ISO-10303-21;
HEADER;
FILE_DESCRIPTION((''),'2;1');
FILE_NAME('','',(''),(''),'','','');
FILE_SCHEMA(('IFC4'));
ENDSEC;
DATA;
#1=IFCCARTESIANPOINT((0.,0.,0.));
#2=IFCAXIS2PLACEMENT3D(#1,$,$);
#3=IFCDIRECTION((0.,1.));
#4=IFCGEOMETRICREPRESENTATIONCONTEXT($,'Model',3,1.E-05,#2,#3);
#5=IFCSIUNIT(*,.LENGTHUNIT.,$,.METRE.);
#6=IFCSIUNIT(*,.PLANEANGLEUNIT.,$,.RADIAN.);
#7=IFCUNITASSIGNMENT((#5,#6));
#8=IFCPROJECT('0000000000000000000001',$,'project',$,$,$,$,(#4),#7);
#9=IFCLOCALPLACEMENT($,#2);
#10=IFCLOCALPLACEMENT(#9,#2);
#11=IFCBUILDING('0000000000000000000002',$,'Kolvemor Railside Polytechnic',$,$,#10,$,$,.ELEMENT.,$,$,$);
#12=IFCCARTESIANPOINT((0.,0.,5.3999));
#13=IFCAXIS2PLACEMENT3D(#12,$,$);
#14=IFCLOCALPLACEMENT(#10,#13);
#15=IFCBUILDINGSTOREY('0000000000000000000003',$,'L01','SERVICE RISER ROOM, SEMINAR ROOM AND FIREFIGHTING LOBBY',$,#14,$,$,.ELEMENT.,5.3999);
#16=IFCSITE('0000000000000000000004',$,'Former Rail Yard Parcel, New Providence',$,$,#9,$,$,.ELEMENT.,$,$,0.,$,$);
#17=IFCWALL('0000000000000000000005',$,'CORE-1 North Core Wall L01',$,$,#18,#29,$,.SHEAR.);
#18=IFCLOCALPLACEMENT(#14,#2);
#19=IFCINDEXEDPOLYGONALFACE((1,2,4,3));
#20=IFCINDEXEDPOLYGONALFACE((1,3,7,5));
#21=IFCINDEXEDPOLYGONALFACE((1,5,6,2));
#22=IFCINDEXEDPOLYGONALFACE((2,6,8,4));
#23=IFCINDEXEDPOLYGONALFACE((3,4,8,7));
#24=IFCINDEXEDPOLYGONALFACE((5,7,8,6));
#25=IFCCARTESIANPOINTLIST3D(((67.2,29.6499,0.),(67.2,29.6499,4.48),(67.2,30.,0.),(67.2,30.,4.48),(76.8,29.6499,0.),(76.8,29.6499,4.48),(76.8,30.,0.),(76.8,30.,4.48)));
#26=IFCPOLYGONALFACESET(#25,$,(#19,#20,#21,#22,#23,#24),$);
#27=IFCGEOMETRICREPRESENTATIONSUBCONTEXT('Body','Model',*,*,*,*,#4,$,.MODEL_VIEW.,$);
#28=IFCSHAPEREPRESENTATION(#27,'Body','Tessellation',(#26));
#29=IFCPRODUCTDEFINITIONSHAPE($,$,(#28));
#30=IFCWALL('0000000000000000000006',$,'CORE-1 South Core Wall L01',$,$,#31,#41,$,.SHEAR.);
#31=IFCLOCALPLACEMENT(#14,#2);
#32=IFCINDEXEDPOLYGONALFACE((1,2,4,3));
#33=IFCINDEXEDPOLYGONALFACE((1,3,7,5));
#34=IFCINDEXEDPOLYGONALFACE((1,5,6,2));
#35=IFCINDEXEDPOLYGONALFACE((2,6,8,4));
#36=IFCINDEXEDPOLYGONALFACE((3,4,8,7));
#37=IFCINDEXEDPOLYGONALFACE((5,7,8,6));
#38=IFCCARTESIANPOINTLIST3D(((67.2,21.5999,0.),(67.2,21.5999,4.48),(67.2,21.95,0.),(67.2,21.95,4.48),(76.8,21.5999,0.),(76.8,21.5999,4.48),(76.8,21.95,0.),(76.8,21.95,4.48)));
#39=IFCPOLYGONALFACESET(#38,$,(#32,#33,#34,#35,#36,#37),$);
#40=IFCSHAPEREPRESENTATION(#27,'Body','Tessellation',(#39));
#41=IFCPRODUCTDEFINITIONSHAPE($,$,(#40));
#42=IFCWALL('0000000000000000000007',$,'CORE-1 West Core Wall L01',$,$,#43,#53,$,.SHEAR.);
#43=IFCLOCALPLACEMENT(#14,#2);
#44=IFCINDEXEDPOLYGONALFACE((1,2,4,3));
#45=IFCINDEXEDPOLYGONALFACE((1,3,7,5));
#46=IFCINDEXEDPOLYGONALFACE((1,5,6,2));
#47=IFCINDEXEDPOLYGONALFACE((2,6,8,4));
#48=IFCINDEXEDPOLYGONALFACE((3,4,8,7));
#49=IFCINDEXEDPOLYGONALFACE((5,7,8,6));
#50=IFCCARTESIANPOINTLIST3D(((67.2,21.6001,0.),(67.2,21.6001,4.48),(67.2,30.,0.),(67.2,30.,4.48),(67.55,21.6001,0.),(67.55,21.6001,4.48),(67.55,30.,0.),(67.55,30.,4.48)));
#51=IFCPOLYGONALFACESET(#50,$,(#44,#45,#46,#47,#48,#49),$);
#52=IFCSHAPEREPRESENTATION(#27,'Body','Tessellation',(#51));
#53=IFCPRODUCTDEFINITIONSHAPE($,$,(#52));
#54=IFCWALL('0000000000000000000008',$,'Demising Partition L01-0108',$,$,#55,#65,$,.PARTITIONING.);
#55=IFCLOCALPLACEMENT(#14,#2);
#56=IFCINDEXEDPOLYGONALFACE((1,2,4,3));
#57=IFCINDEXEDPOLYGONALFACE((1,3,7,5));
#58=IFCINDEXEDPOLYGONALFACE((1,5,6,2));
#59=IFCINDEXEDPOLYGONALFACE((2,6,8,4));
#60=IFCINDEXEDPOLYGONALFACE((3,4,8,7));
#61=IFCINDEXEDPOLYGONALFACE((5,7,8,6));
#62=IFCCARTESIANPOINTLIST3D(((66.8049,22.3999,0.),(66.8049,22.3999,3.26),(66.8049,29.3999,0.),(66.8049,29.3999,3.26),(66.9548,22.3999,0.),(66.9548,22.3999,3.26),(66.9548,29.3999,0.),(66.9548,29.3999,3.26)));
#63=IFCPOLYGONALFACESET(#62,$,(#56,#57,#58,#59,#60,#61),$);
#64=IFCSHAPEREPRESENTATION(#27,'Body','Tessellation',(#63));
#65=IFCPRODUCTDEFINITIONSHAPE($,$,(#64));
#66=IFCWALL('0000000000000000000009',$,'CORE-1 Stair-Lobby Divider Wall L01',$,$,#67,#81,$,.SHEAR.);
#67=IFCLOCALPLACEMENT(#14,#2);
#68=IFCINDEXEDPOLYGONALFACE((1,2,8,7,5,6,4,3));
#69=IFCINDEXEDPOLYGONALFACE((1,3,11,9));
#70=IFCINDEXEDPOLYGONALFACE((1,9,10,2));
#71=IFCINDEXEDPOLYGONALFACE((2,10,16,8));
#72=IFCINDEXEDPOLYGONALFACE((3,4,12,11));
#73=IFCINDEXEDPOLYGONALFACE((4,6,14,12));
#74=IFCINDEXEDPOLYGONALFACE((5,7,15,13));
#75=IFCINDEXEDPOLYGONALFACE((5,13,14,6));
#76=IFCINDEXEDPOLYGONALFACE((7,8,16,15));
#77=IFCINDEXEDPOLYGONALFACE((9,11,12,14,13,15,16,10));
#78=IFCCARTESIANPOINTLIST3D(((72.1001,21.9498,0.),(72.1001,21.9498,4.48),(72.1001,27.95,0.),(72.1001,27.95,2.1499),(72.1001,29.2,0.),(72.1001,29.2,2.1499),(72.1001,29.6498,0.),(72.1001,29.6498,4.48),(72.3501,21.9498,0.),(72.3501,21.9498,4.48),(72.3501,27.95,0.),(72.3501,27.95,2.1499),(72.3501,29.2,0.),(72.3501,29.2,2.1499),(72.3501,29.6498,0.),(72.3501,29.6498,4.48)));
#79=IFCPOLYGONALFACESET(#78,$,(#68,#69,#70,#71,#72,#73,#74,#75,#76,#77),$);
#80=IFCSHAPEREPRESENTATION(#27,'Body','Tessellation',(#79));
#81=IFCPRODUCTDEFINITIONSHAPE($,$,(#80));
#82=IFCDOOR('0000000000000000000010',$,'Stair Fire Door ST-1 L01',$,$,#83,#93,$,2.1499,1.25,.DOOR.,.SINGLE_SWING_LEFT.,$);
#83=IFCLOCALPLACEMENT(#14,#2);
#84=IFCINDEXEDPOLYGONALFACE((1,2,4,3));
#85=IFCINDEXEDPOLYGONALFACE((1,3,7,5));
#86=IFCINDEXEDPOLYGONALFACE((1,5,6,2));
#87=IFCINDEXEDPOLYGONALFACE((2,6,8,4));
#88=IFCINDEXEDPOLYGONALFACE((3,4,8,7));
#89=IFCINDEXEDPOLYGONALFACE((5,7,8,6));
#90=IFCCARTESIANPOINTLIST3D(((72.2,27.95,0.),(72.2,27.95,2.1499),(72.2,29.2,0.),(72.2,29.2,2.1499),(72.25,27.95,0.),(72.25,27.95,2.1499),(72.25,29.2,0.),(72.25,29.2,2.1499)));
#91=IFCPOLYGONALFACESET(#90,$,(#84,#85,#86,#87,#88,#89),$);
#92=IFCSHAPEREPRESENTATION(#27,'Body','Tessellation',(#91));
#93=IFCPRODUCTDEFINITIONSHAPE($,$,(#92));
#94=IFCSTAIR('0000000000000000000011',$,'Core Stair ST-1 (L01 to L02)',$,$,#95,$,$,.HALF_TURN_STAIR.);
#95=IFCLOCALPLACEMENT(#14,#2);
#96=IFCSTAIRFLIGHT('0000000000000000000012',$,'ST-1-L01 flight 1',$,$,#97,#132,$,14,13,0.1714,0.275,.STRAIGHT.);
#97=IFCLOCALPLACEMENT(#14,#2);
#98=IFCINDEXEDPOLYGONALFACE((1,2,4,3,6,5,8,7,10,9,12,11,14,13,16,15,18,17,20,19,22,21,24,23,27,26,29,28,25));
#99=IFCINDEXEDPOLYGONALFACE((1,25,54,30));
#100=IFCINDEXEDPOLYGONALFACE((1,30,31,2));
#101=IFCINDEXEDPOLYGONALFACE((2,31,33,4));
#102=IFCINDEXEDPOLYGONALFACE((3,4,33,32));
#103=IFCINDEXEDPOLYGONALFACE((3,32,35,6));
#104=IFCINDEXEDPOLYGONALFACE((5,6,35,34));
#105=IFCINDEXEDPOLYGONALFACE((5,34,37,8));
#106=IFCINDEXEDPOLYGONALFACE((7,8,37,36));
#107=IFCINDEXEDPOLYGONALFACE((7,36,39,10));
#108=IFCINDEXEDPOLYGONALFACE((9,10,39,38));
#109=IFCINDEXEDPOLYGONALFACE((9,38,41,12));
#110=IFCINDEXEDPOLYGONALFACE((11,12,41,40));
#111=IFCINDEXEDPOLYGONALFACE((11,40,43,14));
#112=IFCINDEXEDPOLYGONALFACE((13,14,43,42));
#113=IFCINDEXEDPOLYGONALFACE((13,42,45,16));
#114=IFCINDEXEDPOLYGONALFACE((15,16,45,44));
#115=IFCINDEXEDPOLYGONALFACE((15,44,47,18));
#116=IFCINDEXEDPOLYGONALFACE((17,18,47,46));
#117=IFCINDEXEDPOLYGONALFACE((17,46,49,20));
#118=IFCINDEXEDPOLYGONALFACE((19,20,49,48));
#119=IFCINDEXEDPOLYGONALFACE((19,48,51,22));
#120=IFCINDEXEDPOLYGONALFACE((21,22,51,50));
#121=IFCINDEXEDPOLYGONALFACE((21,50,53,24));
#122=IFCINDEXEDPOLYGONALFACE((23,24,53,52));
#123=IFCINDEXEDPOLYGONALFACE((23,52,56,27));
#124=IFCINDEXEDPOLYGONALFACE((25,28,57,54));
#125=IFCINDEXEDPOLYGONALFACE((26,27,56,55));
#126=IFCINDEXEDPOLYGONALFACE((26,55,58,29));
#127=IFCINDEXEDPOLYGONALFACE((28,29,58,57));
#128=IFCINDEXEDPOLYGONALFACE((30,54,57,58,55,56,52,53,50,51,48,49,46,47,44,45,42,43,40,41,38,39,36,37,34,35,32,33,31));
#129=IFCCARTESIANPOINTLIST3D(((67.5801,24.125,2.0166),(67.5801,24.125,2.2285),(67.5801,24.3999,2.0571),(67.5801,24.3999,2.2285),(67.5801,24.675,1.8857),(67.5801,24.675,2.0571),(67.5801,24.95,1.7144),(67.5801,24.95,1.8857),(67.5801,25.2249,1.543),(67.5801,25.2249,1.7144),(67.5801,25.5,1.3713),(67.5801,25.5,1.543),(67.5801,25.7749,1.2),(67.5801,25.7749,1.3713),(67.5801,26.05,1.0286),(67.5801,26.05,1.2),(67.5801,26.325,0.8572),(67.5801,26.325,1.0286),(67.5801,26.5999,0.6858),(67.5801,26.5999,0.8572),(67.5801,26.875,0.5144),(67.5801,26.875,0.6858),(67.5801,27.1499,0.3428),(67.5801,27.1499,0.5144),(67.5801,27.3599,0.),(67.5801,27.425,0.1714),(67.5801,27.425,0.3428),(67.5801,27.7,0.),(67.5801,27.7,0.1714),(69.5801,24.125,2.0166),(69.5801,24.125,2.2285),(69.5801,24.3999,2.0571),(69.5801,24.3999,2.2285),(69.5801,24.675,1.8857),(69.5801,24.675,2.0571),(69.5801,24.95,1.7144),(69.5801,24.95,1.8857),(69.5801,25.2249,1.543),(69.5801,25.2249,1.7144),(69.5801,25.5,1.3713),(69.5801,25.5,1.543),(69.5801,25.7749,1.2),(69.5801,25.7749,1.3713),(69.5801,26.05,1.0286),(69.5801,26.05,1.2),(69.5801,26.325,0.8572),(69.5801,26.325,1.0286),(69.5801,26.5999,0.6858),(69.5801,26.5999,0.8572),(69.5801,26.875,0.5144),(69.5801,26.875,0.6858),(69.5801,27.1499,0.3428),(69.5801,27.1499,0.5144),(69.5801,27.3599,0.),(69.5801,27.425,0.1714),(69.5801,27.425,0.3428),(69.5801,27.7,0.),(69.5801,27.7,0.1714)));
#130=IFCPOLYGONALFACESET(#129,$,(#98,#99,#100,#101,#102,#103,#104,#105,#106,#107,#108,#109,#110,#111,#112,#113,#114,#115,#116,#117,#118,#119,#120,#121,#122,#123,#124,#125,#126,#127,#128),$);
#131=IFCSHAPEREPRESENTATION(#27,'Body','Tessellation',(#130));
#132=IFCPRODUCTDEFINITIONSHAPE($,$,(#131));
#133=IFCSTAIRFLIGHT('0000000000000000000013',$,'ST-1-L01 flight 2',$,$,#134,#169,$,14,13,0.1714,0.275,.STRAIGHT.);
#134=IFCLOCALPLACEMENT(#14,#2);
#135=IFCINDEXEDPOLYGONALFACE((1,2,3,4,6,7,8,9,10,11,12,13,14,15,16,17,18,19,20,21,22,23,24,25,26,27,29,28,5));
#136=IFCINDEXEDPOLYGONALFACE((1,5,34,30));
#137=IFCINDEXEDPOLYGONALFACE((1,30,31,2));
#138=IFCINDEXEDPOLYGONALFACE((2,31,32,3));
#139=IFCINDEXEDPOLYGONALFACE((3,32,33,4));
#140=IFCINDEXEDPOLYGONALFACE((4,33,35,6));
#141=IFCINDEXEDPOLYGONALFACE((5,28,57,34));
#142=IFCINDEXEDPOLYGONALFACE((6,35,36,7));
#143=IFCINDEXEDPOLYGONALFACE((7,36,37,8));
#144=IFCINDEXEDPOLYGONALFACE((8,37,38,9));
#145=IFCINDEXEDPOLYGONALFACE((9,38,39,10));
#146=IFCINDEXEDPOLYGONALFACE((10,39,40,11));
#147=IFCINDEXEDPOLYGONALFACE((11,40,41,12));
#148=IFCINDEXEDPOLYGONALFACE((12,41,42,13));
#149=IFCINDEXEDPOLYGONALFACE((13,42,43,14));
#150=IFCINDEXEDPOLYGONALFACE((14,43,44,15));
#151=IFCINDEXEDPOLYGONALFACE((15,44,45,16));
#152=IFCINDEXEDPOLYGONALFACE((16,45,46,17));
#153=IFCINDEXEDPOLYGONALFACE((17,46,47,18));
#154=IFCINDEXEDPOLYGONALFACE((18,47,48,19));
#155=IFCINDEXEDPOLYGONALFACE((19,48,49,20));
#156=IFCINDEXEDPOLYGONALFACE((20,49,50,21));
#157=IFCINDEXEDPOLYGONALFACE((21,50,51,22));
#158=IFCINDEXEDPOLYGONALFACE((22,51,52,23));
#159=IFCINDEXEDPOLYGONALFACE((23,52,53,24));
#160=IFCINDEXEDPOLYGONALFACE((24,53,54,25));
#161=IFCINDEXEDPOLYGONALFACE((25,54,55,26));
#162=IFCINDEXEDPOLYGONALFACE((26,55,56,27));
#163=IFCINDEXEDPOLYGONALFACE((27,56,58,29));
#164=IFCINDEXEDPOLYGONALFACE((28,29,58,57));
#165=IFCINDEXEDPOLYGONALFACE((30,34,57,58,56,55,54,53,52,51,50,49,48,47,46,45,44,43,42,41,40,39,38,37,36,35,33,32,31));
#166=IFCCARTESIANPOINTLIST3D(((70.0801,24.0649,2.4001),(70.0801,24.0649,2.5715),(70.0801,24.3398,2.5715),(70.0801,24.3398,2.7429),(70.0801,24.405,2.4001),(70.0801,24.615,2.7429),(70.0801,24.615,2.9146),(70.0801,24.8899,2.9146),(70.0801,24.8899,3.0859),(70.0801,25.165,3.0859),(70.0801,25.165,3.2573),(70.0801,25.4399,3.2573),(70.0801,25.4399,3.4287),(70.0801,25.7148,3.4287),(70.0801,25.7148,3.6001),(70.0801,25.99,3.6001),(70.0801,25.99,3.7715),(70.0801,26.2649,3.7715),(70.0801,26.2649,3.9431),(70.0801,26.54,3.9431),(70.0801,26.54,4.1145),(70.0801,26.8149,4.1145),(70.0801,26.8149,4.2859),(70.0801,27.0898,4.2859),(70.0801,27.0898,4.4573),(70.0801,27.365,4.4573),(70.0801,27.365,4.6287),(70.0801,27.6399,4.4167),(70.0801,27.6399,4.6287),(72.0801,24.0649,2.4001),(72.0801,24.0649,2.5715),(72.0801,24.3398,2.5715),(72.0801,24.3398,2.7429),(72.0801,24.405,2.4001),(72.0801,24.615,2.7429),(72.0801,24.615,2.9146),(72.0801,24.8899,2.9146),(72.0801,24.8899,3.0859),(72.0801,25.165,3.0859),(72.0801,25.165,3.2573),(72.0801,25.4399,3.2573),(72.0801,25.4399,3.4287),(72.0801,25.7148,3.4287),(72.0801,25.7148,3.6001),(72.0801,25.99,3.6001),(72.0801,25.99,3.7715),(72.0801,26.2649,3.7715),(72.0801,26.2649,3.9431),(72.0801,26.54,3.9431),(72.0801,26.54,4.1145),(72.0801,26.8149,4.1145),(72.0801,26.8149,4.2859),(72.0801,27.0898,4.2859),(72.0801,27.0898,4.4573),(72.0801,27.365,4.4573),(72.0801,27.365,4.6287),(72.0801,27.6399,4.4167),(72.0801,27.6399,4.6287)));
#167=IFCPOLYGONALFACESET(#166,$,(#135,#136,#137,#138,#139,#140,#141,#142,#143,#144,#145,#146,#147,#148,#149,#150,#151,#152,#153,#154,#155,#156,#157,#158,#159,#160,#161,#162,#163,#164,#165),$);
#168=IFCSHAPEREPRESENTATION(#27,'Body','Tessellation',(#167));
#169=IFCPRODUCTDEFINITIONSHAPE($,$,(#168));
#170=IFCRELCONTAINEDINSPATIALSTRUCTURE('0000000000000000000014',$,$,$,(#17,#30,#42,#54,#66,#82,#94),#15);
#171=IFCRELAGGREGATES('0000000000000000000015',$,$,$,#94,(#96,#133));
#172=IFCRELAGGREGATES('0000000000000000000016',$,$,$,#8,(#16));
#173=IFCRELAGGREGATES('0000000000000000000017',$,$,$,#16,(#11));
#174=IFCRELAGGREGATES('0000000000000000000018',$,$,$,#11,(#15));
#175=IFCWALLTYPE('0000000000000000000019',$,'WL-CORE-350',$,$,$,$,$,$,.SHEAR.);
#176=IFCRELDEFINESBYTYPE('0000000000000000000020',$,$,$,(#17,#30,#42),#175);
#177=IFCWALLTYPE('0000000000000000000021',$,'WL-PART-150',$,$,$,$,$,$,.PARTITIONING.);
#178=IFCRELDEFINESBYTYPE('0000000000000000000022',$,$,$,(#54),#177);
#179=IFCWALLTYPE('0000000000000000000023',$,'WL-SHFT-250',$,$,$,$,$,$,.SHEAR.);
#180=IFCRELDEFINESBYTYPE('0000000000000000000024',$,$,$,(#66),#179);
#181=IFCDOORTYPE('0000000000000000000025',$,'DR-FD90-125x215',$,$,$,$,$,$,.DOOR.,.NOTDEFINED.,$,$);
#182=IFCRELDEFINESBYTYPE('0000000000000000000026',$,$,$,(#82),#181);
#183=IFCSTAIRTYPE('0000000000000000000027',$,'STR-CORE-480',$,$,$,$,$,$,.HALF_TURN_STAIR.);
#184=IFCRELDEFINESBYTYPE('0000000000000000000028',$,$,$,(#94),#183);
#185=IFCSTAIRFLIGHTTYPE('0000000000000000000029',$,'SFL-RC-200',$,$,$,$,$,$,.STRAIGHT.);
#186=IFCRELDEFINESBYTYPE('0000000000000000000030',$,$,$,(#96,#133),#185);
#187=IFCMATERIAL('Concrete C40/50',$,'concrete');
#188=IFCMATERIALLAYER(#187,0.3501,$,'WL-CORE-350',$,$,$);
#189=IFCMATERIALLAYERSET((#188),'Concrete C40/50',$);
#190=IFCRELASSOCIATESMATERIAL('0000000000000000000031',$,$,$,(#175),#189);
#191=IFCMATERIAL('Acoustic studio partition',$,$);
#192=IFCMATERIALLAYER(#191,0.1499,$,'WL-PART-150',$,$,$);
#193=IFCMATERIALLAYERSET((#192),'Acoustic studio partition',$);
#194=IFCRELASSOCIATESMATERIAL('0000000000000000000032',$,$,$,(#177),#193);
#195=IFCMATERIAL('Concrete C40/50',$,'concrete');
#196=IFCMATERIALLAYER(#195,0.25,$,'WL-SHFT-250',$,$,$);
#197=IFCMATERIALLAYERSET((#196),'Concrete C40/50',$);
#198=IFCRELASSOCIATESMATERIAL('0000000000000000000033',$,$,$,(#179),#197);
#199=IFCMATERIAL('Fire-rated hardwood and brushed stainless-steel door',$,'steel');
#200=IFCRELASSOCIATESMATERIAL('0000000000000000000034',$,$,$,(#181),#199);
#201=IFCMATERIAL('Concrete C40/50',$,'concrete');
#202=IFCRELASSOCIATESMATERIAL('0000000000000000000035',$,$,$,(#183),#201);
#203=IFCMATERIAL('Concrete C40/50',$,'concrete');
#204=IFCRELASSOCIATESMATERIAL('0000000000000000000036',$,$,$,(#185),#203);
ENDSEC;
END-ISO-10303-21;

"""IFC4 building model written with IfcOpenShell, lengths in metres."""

from ifc_helpers import new_model, si_unit, direction, frame, frame_2d, origin, place, context, subcontext, project, spatial, polyline, rectangle, outline, extrude, material, layer, layer_set, type_object, element, fill, aggregate, save


model = new_model("IFC4")

# Units and contexts
model_context = context("Model", 3, precision=1e-05, world=origin(), true_north=direction((0.0, 1.0)))
body_context = subcontext(model_context, "Body", "Model", "MODEL_VIEW")
ifc_project = project(units=[si_unit("LENGTHUNIT", "METRE"), si_unit("PLANEANGLEUNIT", "RADIAN")], contexts=[model_context])

# Site, building, storey
site_placement = place(None, origin())
site = spatial("IfcSite", under=ifc_project, at=site_placement, Name="Former Rail Yard Parcel, New Providence", CompositionType="ELEMENT", RefElevation=0.0)
building_placement = place(site_placement, origin())
building = spatial("IfcBuilding", under=site, at=building_placement, Name="Kolvemor Railside Polytechnic", CompositionType="ELEMENT")
storey_placement = place(building_placement, frame((0.0, 0.0, 5.3999)))
storey = spatial("IfcBuildingStorey", under=building, at=storey_placement, Name="L01", Description="SERVICE RISER ROOM, SEMINAR ROOM AND FIREFIGHTING LOBBY", CompositionType="ELEMENT", Elevation=5.3999)

# Walls
ifc_material_1 = material(Name="Concrete C40/50", Category="concrete")
ifc_layer_1 = layer(ifc_material_1, 0.3501, Name="WL-CORE-350")
ifc_layer_set_1 = layer_set([ifc_layer_1], Name="Concrete C40/50")
wall_type_1 = type_object("IfcWallType", Name="WL-CORE-350", PredefinedType="SHEAR", material=ifc_layer_set_1)
for number, where, z_axis, x_axis, name in (
    (1, (67.2, 29.825, 0.0), (0.0, 0.0, 1.0), (1.0, 0.0, 0.0), "CORE-1 North Core Wall L01"),
    (2, (67.2, 21.7749, 0.0), (0.0, 0.0, 1.0), (1.0, 0.0, 0.0), "CORE-1 South Core Wall L01"),
):
    element("IfcWall", number, at=place(storey_placement, frame(where, z_axis=z_axis, x_axis=x_axis)), inside=storey, type_object=wall_type_1, Name=name, PredefinedType="SHEAR", context=body_context, shape_type="SweptSolid", body=[
        extrude(rectangle(XDim=9.6001, YDim=0.3501, at=frame_2d((4.8, 0.0))), origin(), (0.0, 0.0, 1.0), 4.48),
    ])
wall_1_placement = place(storey_placement, frame((67.375, 21.6001, 0.0), z_axis=(0.0, 0.0, 1.0), x_axis=(0.0, 1.0, 0.0)))
element("IfcWall", 3, at=wall_1_placement, inside=storey, type_object=wall_type_1, Name="CORE-1 West Core Wall L01", PredefinedType="SHEAR", context=body_context, shape_type="SweptSolid", body=[
    extrude(rectangle(XDim=8.3999, YDim=0.3501, at=frame_2d((4.2, 0.0))), origin(), (0.0, 0.0, 1.0), 4.48),
])

# Wall
ifc_material_2 = material(Name="Acoustic studio partition")
ifc_layer_2 = layer(ifc_material_2, 0.1499, Name="WL-PART-150")
ifc_layer_set_2 = layer_set([ifc_layer_2], Name="Acoustic studio partition")
wall_type_2 = type_object("IfcWallType", Name="WL-PART-150", PredefinedType="PARTITIONING", material=ifc_layer_set_2)
wall_2_placement = place(storey_placement, frame((66.8799, 22.3999, 0.0), z_axis=(0.0, 0.0, 1.0), x_axis=(0.0, 1.0, 0.0)))
element("IfcWall", 4, at=wall_2_placement, inside=storey, type_object=wall_type_2, Name="Demising Partition L01-0108", PredefinedType="PARTITIONING", context=body_context, shape_type="SweptSolid", body=[
    extrude(rectangle(XDim=7.0, YDim=0.1499, at=frame_2d((3.5, 0.0))), origin(), (0.0, 0.0, 1.0), 3.26),
])

# Wall, opening, door
ifc_material_3 = material(Name="Concrete C40/50", Category="concrete")
ifc_layer_3 = layer(ifc_material_3, 0.25, Name="WL-SHFT-250")
ifc_layer_set_3 = layer_set([ifc_layer_3], Name="Concrete C40/50")
wall_type_3 = type_object("IfcWallType", Name="WL-SHFT-250", PredefinedType="SHEAR", material=ifc_layer_set_3)
wall_3_placement = place(storey_placement, frame((72.2251, 29.6499, 0.0), z_axis=(0.0, 0.0, 1.0), x_axis=(0.0, -1.0, 0.0)))
wall_3 = element("IfcWall", 5, at=wall_3_placement, inside=storey, type_object=wall_type_3, Name="CORE-1 Stair-Lobby Divider Wall L01", PredefinedType="SHEAR", context=body_context, shape_type="SweptSolid", body=[
    extrude(rectangle(XDim=7.7, YDim=0.25, at=frame_2d((3.8501, 0.0))), origin(), (0.0, 0.0, 1.0), 4.48),
])
opening_1_placement = place(wall_3_placement, frame((0.45, 0.0, 0.0)))
opening_1 = element("IfcOpeningElement", 6, at=opening_1_placement, cuts=wall_3, PredefinedType="OPENING", context=body_context, shape_type="SweptSolid", body=[
    extrude(rectangle(XDim=1.25, YDim=2.1499, at=frame_2d((0.625, 1.075))), frame((0.0, 0.135, 0.0), z_axis=(0.0, -1.0, 0.0), x_axis=(1.0, 0.0, 0.0)), (0.0, 0.0, 1.0), 0.27),
])
ifc_material_4 = material(Name="Fire-rated hardwood and brushed stainless-steel door", Category="steel")
door_type_1 = type_object("IfcDoorType", Name="DR-FD90-125x215", OperationType="NOTDEFINED", PredefinedType="DOOR", material=ifc_material_4)
door_1_placement = place(opening_1_placement, origin())
door_1 = element("IfcDoor", 7, at=door_1_placement, inside=storey, type_object=door_type_1, Name="Stair Fire Door ST-1 L01", OperationType="SINGLE_SWING_LEFT", OverallHeight=2.1499, OverallWidth=1.25, PredefinedType="DOOR", context=body_context, shape_type="SweptSolid", body=[
    extrude(rectangle(XDim=1.25, YDim=2.1499, at=frame_2d((0.625, 1.075))), frame((0.0, 0.0249, 0.0), z_axis=(0.0, -1.0, 0.0), x_axis=(1.0, 0.0, 0.0)), (0.0, 0.0, 1.0), 0.05),
])
fill(opening_1, door_1)

# Stair, stair flights
ifc_material_5 = material(Name="Concrete C40/50", Category="concrete")
stair_type = type_object("IfcStairType", Name="STR-CORE-480", PredefinedType="HALF_TURN_STAIR", material=ifc_material_5)
stair_placement = place(storey_placement, origin())
stair = element("IfcStair", 8, at=stair_placement, inside=storey, type_object=stair_type, Name="Core Stair ST-1 (L01 to L02)", PredefinedType="HALF_TURN_STAIR")
ifc_material_6 = material(Name="Concrete C40/50", Category="concrete")
stair_flight_type = type_object("IfcStairFlightType", Name="SFL-RC-200", PredefinedType="STRAIGHT", material=ifc_material_6)
stair_flight_1_placement = place(storey_placement, frame((68.5801, 27.7, 0.0), z_axis=(0.0, 0.0, 1.0), x_axis=(0.0, -1.0, 0.0)))
stair_flight_1 = element("IfcStairFlight", 9, at=stair_flight_1_placement, type_object=stair_flight_type, Name="ST-1-L01 flight 1", NumberOfRisers=14, NumberOfTreads=13, PredefinedType="STRAIGHT", RiserHeight=0.1714, TreadLength=0.275, context=body_context, shape_type="SweptSolid", body=[
    extrude(outline(polyline([(0.0, 0.0), (0.0, 0.1714), (0.2749, 0.1714), (0.2749, 0.3428), (0.55, 0.3428), (0.55, 0.5144), (0.825, 0.5144), (0.825, 0.6858), (1.1001, 0.6858), (1.1001, 0.8572), (1.375, 0.8572), (1.375, 1.0286), (1.6499, 1.0286), (1.6499, 1.2), (1.925, 1.2), (1.925, 1.3713), (2.2, 1.3713), (2.2, 1.543), (2.4751, 1.543), (2.4751, 1.7144), (2.75, 1.7144), (2.75, 1.8857), (3.0249, 1.8857), (3.0249, 2.0571), (3.3, 2.0571), (3.3, 2.2285), (3.575, 2.2285), (3.575, 2.3999), (3.575, 2.0166), (0.3401, 0.0), (0.0, 0.0)])), frame((0.0, 1.0, 0.0), z_axis=(0.0, -1.0, 0.0), x_axis=(1.0, 0.0, 0.0)), (0.0, 0.0, 1.0), 2.0),
])
stair_flight_2_placement = place(storey_placement, frame((71.0801, 24.0649, 2.4001), z_axis=(0.0, 0.0, 1.0), x_axis=(0.0, 1.0, 0.0)))
stair_flight_2 = element("IfcStairFlight", 10, at=stair_flight_2_placement, type_object=stair_flight_type, Name="ST-1-L01 flight 2", NumberOfRisers=14, NumberOfTreads=13, PredefinedType="STRAIGHT", RiserHeight=0.1714, TreadLength=0.275, context=body_context, shape_type="SweptSolid", body=[
    extrude(outline(polyline([(0.0, 0.0), (0.0, 0.1714), (0.2749, 0.1714), (0.2749, 0.3428), (0.55, 0.3428), (0.55, 0.5144), (0.825, 0.5144), (0.825, 0.6858), (1.1001, 0.6858), (1.1001, 0.8572), (1.375, 0.8572), (1.375, 1.0286), (1.6499, 1.0286), (1.6499, 1.2), (1.925, 1.2), (1.925, 1.3713), (2.2, 1.3713), (2.2, 1.543), (2.4751, 1.543), (2.4751, 1.7144), (2.75, 1.7144), (2.75, 1.8857), (3.0249, 1.8857), (3.0249, 2.0571), (3.3, 2.0571), (3.3, 2.2285), (3.575, 2.2285), (3.575, 2.3999), (3.575, 2.0166), (0.3401, 0.0), (0.0, 0.0)])), frame((0.0, 1.0, 0.0), z_axis=(0.0, -1.0, 0.0), x_axis=(1.0, 0.0, 0.0)), (0.0, 0.0, 1.0), 2.0),
])
aggregate(stair, [stair_flight_1, stair_flight_2])

save(model, "model.ifc")
